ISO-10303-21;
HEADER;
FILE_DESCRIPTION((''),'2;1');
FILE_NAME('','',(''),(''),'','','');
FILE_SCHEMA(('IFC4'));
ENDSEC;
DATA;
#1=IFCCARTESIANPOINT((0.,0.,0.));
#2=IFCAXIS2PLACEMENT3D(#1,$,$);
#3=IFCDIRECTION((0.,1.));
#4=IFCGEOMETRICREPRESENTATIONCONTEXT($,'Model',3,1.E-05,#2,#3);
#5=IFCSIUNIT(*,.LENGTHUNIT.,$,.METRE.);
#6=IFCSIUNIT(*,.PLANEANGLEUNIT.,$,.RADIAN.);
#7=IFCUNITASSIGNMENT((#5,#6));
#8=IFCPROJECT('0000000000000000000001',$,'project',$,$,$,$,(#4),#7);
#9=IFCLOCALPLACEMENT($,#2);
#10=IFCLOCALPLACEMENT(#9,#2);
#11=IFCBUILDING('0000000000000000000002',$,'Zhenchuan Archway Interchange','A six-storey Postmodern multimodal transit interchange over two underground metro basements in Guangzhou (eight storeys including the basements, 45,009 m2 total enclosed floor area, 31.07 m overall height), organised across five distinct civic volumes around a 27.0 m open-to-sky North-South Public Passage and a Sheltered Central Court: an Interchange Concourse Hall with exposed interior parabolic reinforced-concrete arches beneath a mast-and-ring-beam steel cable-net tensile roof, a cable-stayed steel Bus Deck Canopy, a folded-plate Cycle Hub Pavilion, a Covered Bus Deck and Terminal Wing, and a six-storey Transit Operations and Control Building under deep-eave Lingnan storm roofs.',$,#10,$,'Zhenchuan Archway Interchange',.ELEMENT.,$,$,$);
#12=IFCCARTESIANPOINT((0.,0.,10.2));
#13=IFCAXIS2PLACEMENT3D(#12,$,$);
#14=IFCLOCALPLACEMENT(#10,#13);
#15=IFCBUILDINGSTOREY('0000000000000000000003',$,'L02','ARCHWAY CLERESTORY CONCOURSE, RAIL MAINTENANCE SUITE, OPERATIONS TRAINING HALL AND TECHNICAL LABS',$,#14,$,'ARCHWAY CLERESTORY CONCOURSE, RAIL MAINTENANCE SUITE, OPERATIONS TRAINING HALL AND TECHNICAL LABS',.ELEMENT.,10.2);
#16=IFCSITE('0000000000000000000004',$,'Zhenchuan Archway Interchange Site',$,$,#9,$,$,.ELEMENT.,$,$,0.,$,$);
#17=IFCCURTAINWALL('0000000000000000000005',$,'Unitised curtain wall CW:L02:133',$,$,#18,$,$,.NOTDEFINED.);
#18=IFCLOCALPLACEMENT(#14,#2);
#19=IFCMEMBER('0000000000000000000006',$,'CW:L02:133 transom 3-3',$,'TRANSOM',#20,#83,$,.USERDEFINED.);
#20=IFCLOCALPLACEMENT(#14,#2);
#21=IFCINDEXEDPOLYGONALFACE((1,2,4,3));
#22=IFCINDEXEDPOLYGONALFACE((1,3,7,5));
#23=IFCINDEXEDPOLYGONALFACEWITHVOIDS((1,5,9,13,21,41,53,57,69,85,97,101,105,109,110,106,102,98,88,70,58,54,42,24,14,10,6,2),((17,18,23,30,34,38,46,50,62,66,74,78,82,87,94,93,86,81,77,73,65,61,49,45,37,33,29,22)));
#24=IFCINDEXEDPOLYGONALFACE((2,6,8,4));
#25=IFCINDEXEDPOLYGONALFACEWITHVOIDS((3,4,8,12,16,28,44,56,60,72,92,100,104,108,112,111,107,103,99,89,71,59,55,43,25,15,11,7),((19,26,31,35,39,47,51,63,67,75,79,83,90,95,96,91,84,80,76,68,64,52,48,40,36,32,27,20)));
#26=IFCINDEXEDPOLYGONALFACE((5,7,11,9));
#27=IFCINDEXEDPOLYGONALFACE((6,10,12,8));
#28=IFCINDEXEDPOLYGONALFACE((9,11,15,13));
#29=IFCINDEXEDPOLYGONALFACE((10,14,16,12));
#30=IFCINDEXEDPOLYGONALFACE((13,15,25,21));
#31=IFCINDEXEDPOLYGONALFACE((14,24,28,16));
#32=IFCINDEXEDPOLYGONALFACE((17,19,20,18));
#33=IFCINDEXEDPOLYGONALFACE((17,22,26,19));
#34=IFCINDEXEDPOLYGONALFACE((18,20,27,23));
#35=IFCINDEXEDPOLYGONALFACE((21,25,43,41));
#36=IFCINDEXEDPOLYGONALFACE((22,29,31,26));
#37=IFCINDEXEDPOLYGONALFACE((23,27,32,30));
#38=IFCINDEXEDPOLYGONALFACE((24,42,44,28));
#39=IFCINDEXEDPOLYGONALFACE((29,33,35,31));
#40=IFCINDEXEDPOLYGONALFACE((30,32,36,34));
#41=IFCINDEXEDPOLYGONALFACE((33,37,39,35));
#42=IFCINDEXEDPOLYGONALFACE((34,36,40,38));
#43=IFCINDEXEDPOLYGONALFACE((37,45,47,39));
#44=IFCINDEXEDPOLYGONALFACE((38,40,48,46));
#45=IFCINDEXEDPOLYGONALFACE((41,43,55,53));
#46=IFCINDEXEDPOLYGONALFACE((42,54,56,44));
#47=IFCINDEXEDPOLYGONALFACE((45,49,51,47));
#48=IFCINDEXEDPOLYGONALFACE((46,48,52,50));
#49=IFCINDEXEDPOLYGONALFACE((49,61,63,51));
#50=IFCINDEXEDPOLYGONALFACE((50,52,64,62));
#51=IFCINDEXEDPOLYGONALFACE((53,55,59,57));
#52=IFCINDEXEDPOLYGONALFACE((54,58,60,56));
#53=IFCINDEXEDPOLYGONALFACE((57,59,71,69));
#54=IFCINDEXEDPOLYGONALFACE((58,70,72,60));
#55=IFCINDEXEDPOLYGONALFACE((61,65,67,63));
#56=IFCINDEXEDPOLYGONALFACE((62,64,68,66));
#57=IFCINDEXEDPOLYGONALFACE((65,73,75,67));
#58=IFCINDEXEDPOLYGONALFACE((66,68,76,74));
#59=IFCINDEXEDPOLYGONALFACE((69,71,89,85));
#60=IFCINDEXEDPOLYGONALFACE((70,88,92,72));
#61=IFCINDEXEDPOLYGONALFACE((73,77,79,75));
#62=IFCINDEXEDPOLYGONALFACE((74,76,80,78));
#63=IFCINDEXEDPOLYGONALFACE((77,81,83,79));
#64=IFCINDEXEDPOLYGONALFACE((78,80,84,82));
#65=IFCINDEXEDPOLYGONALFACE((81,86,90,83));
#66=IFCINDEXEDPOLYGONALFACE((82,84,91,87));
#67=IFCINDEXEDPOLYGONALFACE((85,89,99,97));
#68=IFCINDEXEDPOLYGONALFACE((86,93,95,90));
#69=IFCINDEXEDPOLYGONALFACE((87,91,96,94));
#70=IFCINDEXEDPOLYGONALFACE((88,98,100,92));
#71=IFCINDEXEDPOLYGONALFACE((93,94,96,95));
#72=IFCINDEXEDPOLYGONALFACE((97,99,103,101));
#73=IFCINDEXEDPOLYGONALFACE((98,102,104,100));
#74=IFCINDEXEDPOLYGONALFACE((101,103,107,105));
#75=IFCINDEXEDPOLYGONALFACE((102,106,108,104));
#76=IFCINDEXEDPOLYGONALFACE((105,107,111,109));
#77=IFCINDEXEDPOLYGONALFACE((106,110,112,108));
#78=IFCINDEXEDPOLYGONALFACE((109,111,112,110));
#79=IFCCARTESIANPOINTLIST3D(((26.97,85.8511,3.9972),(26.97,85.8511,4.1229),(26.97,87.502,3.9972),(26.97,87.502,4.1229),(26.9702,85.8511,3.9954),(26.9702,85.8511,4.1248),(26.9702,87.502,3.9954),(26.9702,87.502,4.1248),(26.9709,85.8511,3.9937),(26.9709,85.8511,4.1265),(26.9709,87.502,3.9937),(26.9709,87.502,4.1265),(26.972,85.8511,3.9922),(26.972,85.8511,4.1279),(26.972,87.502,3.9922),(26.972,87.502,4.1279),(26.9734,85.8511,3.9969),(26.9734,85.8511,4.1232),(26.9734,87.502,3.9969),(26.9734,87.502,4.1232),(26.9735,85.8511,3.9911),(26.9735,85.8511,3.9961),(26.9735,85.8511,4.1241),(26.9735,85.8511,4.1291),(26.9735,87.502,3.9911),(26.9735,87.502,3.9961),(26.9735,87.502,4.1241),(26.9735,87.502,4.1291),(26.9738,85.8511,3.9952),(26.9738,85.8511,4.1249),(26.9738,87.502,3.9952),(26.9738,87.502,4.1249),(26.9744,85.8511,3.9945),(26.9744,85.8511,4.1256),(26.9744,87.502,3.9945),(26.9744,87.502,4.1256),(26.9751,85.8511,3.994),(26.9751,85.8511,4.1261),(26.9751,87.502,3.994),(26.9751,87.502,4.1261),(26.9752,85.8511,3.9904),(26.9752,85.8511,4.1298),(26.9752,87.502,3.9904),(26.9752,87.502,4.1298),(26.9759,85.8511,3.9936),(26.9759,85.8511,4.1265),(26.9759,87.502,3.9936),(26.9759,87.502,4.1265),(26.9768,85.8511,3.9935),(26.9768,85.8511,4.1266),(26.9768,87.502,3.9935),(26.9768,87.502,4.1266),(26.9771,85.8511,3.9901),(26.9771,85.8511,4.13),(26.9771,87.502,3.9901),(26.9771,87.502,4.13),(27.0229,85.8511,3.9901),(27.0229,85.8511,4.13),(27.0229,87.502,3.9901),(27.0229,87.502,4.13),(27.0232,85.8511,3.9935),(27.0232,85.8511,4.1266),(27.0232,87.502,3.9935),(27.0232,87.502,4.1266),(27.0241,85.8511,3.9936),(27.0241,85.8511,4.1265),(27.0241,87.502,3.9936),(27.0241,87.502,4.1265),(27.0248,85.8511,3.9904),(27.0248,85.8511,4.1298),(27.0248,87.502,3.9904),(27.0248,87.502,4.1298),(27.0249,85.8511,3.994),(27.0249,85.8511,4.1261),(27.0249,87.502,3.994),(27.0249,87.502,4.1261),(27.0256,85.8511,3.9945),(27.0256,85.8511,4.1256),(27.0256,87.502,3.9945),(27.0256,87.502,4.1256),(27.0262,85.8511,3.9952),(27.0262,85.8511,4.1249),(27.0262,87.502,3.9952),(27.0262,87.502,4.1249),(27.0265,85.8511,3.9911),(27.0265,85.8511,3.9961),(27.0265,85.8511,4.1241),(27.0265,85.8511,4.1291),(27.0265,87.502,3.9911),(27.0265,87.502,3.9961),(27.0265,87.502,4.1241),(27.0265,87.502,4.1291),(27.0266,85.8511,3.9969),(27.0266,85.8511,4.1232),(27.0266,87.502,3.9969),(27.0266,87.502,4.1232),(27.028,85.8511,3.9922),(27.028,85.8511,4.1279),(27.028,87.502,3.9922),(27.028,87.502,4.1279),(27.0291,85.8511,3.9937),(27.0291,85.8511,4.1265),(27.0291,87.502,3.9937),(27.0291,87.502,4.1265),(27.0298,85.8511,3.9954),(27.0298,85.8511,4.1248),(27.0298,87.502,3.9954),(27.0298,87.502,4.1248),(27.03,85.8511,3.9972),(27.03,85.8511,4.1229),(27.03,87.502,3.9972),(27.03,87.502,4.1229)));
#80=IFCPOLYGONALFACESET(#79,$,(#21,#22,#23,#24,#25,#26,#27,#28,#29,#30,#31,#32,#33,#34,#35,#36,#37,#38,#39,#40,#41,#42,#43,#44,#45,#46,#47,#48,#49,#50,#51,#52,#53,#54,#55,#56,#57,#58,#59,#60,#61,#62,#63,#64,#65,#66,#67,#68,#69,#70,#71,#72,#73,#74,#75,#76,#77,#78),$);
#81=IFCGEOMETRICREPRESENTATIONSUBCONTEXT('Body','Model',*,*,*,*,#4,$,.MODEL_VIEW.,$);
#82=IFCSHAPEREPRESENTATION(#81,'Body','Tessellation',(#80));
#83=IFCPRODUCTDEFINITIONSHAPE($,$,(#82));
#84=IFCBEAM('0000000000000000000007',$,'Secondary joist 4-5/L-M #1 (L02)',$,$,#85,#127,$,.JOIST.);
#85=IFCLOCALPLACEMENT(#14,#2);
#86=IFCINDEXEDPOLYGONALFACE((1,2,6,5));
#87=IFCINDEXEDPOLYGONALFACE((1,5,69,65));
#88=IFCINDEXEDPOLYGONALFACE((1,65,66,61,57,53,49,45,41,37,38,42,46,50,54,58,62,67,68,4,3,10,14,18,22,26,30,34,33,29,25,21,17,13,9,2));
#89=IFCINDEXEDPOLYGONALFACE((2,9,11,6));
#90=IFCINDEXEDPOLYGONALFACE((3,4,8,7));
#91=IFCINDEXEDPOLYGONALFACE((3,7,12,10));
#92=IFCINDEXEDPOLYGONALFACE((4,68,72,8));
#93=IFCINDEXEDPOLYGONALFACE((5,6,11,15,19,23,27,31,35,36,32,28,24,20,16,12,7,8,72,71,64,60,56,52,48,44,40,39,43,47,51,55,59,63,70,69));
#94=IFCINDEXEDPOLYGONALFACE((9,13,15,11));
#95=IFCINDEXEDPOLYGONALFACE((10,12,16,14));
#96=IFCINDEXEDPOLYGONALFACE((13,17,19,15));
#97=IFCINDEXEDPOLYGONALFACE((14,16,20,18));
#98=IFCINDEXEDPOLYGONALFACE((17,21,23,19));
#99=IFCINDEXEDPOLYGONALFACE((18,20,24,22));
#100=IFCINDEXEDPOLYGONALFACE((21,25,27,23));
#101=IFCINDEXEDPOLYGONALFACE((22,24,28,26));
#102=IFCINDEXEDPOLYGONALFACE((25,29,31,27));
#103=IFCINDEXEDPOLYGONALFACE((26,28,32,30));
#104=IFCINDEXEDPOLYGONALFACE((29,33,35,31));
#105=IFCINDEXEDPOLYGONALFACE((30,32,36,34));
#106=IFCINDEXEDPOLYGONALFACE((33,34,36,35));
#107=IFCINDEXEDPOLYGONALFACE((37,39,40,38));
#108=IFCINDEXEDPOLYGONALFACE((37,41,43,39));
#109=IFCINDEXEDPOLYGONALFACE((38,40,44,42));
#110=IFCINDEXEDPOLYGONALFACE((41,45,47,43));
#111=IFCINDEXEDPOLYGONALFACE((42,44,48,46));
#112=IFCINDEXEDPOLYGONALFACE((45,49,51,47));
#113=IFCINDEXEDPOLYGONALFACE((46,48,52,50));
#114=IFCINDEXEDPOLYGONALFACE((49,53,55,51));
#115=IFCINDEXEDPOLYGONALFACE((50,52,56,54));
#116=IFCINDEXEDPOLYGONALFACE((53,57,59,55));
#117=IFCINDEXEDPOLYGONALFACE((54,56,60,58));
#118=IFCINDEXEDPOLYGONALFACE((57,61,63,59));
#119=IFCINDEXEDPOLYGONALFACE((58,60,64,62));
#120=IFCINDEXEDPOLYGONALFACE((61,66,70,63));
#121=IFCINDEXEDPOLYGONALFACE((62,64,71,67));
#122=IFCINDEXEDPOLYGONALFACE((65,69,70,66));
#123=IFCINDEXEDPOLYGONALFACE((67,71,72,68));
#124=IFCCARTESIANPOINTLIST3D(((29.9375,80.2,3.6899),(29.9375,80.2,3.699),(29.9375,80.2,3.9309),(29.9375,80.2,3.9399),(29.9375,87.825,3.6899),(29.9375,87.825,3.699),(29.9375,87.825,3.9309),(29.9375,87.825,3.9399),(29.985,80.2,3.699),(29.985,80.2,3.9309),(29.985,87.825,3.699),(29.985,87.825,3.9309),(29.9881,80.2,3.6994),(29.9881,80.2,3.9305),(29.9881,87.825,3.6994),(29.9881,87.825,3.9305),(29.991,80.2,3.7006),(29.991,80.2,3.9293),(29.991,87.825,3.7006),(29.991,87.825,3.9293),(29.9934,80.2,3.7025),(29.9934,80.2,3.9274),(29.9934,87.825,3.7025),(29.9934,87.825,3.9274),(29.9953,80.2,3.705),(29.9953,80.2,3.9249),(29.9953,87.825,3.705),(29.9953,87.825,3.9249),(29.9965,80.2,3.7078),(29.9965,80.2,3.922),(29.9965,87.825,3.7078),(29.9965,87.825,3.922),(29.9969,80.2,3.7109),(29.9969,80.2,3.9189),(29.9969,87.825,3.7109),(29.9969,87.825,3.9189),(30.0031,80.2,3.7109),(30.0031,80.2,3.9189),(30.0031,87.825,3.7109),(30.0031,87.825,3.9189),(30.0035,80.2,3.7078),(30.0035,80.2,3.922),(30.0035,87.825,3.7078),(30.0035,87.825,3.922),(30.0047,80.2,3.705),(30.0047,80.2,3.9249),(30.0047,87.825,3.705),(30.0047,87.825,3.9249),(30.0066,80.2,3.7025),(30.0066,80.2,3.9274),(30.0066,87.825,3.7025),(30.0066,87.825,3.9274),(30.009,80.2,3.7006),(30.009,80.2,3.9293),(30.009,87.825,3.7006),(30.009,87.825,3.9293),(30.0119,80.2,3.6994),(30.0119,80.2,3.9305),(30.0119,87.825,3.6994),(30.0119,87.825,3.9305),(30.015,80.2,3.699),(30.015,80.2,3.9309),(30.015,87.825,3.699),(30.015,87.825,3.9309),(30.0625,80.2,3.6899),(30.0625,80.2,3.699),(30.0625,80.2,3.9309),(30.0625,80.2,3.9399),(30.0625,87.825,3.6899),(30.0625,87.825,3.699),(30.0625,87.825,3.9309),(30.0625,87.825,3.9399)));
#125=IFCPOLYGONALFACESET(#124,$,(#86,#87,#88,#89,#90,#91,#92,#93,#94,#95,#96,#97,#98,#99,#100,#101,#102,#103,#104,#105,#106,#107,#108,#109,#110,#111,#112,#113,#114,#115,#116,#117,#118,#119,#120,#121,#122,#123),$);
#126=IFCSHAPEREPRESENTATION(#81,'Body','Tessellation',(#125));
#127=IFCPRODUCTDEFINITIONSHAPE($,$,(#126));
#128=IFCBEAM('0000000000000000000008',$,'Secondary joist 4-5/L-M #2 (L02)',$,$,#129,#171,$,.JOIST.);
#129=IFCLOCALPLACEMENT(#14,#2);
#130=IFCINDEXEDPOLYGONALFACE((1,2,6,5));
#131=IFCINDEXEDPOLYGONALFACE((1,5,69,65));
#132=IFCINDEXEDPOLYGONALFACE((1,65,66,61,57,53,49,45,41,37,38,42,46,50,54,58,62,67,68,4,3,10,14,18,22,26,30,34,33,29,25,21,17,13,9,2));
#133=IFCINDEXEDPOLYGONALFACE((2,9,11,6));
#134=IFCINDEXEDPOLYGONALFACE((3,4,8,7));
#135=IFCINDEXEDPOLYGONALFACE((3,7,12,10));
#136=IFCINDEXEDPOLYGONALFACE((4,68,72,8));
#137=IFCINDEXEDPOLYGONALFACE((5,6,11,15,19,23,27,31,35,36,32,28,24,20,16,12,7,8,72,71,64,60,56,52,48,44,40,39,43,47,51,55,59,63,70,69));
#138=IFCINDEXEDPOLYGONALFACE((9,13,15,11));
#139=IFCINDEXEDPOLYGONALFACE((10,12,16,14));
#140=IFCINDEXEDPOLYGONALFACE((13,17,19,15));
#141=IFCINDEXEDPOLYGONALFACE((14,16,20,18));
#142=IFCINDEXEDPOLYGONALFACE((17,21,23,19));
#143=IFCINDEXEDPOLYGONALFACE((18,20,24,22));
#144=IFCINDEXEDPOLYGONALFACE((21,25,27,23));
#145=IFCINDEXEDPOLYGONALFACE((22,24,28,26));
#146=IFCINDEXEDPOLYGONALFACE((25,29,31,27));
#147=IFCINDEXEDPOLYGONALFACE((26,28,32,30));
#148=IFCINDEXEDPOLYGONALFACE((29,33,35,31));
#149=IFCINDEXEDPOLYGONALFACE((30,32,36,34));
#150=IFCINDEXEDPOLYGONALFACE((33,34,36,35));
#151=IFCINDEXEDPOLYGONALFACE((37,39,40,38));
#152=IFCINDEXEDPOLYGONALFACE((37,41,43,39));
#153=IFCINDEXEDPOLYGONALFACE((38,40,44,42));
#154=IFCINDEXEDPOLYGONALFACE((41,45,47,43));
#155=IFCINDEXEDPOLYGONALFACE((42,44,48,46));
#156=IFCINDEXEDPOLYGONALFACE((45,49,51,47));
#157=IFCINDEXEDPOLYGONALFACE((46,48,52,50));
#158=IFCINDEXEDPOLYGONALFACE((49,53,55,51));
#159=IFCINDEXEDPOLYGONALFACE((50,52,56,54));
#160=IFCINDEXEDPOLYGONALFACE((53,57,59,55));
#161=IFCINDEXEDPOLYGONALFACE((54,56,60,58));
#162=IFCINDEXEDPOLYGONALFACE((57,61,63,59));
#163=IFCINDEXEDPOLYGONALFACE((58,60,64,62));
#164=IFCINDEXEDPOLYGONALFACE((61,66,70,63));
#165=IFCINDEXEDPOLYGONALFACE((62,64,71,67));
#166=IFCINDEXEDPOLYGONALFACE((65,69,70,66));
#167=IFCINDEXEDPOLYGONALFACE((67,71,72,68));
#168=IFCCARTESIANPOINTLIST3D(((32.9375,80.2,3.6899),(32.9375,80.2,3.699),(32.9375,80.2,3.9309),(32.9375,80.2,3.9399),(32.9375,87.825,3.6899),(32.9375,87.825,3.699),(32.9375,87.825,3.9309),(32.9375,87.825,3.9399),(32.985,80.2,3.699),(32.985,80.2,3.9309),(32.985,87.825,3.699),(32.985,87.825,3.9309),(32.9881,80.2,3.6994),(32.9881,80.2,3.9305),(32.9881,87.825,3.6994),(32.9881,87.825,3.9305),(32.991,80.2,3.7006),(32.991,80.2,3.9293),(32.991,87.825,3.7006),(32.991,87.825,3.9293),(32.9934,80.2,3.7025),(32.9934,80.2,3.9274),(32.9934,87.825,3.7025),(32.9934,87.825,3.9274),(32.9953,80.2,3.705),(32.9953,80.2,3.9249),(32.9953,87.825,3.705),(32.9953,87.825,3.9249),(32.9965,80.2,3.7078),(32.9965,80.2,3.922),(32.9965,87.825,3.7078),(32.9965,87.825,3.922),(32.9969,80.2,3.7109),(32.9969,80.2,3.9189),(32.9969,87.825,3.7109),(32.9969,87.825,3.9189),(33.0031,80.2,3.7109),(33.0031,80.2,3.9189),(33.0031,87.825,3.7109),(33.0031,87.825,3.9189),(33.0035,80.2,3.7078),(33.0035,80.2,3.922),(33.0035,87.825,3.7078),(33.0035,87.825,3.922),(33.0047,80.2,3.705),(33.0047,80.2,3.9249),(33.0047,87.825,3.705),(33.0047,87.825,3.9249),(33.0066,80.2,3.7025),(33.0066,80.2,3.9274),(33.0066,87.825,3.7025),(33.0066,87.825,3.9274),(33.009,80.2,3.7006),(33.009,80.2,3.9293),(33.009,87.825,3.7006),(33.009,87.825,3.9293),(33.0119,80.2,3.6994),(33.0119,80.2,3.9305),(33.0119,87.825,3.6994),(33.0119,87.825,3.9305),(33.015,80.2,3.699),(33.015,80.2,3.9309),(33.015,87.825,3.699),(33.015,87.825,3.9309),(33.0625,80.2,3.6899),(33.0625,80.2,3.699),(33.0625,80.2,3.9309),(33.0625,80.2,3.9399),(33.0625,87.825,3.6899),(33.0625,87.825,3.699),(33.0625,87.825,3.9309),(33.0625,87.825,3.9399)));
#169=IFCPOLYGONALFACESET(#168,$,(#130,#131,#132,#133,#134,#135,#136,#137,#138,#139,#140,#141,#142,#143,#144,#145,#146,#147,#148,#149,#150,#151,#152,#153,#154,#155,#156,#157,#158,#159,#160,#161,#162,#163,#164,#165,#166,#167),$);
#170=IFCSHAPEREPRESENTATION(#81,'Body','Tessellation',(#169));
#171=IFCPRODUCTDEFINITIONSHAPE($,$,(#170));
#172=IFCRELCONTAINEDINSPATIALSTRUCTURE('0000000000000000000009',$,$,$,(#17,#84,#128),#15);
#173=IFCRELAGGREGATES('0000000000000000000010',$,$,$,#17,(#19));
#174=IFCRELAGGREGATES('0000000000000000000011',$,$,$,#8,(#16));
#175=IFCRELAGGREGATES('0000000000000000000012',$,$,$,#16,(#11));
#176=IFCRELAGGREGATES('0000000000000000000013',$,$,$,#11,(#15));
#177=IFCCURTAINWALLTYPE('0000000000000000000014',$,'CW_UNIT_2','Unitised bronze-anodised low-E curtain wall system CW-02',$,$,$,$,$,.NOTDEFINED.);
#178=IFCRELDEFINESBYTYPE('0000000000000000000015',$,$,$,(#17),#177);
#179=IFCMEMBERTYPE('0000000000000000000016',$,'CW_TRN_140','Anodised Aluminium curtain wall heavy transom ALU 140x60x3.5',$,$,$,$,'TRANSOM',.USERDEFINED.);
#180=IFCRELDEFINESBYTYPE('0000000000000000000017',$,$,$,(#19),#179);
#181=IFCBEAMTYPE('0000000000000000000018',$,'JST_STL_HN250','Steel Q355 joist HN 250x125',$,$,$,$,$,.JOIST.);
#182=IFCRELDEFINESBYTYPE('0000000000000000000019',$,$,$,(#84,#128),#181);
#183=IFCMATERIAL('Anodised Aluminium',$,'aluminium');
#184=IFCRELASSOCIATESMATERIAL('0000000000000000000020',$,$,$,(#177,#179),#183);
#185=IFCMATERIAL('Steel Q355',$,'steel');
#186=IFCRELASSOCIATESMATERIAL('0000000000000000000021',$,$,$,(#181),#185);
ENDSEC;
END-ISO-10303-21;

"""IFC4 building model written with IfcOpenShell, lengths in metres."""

from ifc_helpers import new_model, si_unit, direction, frame, origin, origin_2d, place, context, subcontext, project, spatial, hollow_rectangle, i_section, extrude, material, material_profile, profile_set, type_object, element, aggregate, save


model = new_model("IFC4")

# Units and contexts
model_context = context("Model", 3, precision=1e-05, world=origin(), true_north=direction((0.0, 1.0)))
body_context = subcontext(model_context, "Body", "Model", "MODEL_VIEW")
ifc_project = project(units=[si_unit("LENGTHUNIT", "METRE"), si_unit("PLANEANGLEUNIT", "RADIAN")], contexts=[model_context])

# Site, building, storey
site_placement = place(None, origin())
site = spatial("IfcSite", under=ifc_project, at=site_placement, Name="Zhenchuan Archway Interchange Site", CompositionType="ELEMENT", RefElevation=0.0)
building_placement = place(site_placement, origin())
building = spatial("IfcBuilding", under=site, at=building_placement, Name="Zhenchuan Archway Interchange", Description="A six-storey Postmodern multimodal transit interchange over two underground metro basements in Guangzhou (eight storeys including the basements, 45,009 m2 total enclosed floor area, 31.07 m overall height), organised across five distinct civic volumes around a 27.0 m open-to-sky North-South Public Passage and a Sheltered Central Court: an Interchange Concourse Hall with exposed interior parabolic reinforced-concrete arches beneath a mast-and-ring-beam steel cable-net tensile roof, a cable-stayed steel Bus Deck Canopy, a folded-plate Cycle Hub Pavilion, a Covered Bus Deck and Terminal Wing, and a six-storey Transit Operations and Control Building under deep-eave Lingnan storm roofs.", LongName="Zhenchuan Archway Interchange", CompositionType="ELEMENT")
storey_placement = place(building_placement, frame((0.0, 0.0, 10.2)))
storey = spatial("IfcBuildingStorey", under=building, at=storey_placement, Name="L02", Description="ARCHWAY CLERESTORY CONCOURSE, RAIL MAINTENANCE SUITE, OPERATIONS TRAINING HALL AND TECHNICAL LABS", LongName="ARCHWAY CLERESTORY CONCOURSE, RAIL MAINTENANCE SUITE, OPERATIONS TRAINING HALL AND TECHNICAL LABS", CompositionType="ELEMENT", Elevation=10.2)

# Curtain wall, member
ifc_material_1 = material(Name="Anodised Aluminium", Category="aluminium")
curtain_wall_type = type_object("IfcCurtainWallType", Name="CW_UNIT_2", Description="Unitised bronze-anodised low-E curtain wall system CW-02", PredefinedType="NOTDEFINED", material=ifc_material_1)
curtain_wall_placement = place(storey_placement, origin())
curtain_wall = element("IfcCurtainWall", 1, at=curtain_wall_placement, inside=storey, type_object=curtain_wall_type, Name="Unitised curtain wall CW:L02:133", PredefinedType="NOTDEFINED")
ifc_material_profile_1 = material_profile(ifc_material_1, hollow_rectangle(XDim=0.0601, YDim=0.1399, WallThickness=0.0034, InnerFilletRadius=0.0034, OuterFilletRadius=0.0071, at=origin_2d()), Name="ALU 140x60x3.5")
ifc_profile_set_1 = profile_set([ifc_material_profile_1], Name="Anodised Aluminium")
member_type_1 = type_object("IfcMemberType", Name="CW_TRN_140", Description="Anodised Aluminium curtain wall heavy transom ALU 140x60x3.5", ElementType="TRANSOM", PredefinedType="USERDEFINED", material=ifc_profile_set_1)
member_1_placement = place(storey_placement, frame((27.0, 85.8511, 4.0601), z_axis=(0.0, 1.0, 0.0), x_axis=(-1.0, 0.0, 0.0)))
member_1 = element("IfcMember", 2, at=member_1_placement, type_object=member_type_1, Name="CW:L02:133 transom 3-3", ObjectType="TRANSOM", PredefinedType="USERDEFINED", context=body_context, shape_type="SweptSolid", body=[
    extrude(hollow_rectangle(XDim=0.0601, YDim=0.1399, WallThickness=0.0034, InnerFilletRadius=0.0034, OuterFilletRadius=0.0071, at=origin_2d()), origin(), (0.0, 0.0, 1.0), 1.6509),
])

# Beams
ifc_material_2 = material(Name="Steel Q355", Category="steel")
ifc_material_profile_2 = material_profile(ifc_material_2, i_section(OverallWidth=0.125, OverallDepth=0.25, WebThickness=0.0061, FlangeThickness=0.009, FilletRadius=0.012, at=origin_2d()), Name="HN 250x125")
ifc_profile_set_2 = profile_set([ifc_material_profile_2], Name="Steel Q355")
beam_type_1 = type_object("IfcBeamType", Name="JST_STL_HN250", Description="Steel Q355 joist HN 250x125", PredefinedType="JOIST", material=ifc_profile_set_2)
for number, where, z_axis, x_axis, name in (
    (3, (30.0, 80.2, 3.8149), (0.0, 1.0, 0.0), (-1.0, 0.0, 0.0), "Secondary joist 4-5/L-M #1 (L02)"),
    (4, (33.0, 80.2, 3.8149), (0.0, 1.0, 0.0), (-1.0, 0.0, 0.0), "Secondary joist 4-5/L-M #2 (L02)"),
):
    element("IfcBeam", number, at=place(storey_placement, frame(where, z_axis=z_axis, x_axis=x_axis)), inside=storey, type_object=beam_type_1, Name=name, PredefinedType="JOIST", context=body_context, shape_type="SweptSolid", body=[
        extrude(i_section(OverallWidth=0.125, OverallDepth=0.25, WebThickness=0.0061, FlangeThickness=0.009, FilletRadius=0.012, at=origin_2d()), origin(), (0.0, 0.0, 1.0), 7.625),
    ])

aggregate(curtain_wall, [member_1])

save(model, "model.ifc")
